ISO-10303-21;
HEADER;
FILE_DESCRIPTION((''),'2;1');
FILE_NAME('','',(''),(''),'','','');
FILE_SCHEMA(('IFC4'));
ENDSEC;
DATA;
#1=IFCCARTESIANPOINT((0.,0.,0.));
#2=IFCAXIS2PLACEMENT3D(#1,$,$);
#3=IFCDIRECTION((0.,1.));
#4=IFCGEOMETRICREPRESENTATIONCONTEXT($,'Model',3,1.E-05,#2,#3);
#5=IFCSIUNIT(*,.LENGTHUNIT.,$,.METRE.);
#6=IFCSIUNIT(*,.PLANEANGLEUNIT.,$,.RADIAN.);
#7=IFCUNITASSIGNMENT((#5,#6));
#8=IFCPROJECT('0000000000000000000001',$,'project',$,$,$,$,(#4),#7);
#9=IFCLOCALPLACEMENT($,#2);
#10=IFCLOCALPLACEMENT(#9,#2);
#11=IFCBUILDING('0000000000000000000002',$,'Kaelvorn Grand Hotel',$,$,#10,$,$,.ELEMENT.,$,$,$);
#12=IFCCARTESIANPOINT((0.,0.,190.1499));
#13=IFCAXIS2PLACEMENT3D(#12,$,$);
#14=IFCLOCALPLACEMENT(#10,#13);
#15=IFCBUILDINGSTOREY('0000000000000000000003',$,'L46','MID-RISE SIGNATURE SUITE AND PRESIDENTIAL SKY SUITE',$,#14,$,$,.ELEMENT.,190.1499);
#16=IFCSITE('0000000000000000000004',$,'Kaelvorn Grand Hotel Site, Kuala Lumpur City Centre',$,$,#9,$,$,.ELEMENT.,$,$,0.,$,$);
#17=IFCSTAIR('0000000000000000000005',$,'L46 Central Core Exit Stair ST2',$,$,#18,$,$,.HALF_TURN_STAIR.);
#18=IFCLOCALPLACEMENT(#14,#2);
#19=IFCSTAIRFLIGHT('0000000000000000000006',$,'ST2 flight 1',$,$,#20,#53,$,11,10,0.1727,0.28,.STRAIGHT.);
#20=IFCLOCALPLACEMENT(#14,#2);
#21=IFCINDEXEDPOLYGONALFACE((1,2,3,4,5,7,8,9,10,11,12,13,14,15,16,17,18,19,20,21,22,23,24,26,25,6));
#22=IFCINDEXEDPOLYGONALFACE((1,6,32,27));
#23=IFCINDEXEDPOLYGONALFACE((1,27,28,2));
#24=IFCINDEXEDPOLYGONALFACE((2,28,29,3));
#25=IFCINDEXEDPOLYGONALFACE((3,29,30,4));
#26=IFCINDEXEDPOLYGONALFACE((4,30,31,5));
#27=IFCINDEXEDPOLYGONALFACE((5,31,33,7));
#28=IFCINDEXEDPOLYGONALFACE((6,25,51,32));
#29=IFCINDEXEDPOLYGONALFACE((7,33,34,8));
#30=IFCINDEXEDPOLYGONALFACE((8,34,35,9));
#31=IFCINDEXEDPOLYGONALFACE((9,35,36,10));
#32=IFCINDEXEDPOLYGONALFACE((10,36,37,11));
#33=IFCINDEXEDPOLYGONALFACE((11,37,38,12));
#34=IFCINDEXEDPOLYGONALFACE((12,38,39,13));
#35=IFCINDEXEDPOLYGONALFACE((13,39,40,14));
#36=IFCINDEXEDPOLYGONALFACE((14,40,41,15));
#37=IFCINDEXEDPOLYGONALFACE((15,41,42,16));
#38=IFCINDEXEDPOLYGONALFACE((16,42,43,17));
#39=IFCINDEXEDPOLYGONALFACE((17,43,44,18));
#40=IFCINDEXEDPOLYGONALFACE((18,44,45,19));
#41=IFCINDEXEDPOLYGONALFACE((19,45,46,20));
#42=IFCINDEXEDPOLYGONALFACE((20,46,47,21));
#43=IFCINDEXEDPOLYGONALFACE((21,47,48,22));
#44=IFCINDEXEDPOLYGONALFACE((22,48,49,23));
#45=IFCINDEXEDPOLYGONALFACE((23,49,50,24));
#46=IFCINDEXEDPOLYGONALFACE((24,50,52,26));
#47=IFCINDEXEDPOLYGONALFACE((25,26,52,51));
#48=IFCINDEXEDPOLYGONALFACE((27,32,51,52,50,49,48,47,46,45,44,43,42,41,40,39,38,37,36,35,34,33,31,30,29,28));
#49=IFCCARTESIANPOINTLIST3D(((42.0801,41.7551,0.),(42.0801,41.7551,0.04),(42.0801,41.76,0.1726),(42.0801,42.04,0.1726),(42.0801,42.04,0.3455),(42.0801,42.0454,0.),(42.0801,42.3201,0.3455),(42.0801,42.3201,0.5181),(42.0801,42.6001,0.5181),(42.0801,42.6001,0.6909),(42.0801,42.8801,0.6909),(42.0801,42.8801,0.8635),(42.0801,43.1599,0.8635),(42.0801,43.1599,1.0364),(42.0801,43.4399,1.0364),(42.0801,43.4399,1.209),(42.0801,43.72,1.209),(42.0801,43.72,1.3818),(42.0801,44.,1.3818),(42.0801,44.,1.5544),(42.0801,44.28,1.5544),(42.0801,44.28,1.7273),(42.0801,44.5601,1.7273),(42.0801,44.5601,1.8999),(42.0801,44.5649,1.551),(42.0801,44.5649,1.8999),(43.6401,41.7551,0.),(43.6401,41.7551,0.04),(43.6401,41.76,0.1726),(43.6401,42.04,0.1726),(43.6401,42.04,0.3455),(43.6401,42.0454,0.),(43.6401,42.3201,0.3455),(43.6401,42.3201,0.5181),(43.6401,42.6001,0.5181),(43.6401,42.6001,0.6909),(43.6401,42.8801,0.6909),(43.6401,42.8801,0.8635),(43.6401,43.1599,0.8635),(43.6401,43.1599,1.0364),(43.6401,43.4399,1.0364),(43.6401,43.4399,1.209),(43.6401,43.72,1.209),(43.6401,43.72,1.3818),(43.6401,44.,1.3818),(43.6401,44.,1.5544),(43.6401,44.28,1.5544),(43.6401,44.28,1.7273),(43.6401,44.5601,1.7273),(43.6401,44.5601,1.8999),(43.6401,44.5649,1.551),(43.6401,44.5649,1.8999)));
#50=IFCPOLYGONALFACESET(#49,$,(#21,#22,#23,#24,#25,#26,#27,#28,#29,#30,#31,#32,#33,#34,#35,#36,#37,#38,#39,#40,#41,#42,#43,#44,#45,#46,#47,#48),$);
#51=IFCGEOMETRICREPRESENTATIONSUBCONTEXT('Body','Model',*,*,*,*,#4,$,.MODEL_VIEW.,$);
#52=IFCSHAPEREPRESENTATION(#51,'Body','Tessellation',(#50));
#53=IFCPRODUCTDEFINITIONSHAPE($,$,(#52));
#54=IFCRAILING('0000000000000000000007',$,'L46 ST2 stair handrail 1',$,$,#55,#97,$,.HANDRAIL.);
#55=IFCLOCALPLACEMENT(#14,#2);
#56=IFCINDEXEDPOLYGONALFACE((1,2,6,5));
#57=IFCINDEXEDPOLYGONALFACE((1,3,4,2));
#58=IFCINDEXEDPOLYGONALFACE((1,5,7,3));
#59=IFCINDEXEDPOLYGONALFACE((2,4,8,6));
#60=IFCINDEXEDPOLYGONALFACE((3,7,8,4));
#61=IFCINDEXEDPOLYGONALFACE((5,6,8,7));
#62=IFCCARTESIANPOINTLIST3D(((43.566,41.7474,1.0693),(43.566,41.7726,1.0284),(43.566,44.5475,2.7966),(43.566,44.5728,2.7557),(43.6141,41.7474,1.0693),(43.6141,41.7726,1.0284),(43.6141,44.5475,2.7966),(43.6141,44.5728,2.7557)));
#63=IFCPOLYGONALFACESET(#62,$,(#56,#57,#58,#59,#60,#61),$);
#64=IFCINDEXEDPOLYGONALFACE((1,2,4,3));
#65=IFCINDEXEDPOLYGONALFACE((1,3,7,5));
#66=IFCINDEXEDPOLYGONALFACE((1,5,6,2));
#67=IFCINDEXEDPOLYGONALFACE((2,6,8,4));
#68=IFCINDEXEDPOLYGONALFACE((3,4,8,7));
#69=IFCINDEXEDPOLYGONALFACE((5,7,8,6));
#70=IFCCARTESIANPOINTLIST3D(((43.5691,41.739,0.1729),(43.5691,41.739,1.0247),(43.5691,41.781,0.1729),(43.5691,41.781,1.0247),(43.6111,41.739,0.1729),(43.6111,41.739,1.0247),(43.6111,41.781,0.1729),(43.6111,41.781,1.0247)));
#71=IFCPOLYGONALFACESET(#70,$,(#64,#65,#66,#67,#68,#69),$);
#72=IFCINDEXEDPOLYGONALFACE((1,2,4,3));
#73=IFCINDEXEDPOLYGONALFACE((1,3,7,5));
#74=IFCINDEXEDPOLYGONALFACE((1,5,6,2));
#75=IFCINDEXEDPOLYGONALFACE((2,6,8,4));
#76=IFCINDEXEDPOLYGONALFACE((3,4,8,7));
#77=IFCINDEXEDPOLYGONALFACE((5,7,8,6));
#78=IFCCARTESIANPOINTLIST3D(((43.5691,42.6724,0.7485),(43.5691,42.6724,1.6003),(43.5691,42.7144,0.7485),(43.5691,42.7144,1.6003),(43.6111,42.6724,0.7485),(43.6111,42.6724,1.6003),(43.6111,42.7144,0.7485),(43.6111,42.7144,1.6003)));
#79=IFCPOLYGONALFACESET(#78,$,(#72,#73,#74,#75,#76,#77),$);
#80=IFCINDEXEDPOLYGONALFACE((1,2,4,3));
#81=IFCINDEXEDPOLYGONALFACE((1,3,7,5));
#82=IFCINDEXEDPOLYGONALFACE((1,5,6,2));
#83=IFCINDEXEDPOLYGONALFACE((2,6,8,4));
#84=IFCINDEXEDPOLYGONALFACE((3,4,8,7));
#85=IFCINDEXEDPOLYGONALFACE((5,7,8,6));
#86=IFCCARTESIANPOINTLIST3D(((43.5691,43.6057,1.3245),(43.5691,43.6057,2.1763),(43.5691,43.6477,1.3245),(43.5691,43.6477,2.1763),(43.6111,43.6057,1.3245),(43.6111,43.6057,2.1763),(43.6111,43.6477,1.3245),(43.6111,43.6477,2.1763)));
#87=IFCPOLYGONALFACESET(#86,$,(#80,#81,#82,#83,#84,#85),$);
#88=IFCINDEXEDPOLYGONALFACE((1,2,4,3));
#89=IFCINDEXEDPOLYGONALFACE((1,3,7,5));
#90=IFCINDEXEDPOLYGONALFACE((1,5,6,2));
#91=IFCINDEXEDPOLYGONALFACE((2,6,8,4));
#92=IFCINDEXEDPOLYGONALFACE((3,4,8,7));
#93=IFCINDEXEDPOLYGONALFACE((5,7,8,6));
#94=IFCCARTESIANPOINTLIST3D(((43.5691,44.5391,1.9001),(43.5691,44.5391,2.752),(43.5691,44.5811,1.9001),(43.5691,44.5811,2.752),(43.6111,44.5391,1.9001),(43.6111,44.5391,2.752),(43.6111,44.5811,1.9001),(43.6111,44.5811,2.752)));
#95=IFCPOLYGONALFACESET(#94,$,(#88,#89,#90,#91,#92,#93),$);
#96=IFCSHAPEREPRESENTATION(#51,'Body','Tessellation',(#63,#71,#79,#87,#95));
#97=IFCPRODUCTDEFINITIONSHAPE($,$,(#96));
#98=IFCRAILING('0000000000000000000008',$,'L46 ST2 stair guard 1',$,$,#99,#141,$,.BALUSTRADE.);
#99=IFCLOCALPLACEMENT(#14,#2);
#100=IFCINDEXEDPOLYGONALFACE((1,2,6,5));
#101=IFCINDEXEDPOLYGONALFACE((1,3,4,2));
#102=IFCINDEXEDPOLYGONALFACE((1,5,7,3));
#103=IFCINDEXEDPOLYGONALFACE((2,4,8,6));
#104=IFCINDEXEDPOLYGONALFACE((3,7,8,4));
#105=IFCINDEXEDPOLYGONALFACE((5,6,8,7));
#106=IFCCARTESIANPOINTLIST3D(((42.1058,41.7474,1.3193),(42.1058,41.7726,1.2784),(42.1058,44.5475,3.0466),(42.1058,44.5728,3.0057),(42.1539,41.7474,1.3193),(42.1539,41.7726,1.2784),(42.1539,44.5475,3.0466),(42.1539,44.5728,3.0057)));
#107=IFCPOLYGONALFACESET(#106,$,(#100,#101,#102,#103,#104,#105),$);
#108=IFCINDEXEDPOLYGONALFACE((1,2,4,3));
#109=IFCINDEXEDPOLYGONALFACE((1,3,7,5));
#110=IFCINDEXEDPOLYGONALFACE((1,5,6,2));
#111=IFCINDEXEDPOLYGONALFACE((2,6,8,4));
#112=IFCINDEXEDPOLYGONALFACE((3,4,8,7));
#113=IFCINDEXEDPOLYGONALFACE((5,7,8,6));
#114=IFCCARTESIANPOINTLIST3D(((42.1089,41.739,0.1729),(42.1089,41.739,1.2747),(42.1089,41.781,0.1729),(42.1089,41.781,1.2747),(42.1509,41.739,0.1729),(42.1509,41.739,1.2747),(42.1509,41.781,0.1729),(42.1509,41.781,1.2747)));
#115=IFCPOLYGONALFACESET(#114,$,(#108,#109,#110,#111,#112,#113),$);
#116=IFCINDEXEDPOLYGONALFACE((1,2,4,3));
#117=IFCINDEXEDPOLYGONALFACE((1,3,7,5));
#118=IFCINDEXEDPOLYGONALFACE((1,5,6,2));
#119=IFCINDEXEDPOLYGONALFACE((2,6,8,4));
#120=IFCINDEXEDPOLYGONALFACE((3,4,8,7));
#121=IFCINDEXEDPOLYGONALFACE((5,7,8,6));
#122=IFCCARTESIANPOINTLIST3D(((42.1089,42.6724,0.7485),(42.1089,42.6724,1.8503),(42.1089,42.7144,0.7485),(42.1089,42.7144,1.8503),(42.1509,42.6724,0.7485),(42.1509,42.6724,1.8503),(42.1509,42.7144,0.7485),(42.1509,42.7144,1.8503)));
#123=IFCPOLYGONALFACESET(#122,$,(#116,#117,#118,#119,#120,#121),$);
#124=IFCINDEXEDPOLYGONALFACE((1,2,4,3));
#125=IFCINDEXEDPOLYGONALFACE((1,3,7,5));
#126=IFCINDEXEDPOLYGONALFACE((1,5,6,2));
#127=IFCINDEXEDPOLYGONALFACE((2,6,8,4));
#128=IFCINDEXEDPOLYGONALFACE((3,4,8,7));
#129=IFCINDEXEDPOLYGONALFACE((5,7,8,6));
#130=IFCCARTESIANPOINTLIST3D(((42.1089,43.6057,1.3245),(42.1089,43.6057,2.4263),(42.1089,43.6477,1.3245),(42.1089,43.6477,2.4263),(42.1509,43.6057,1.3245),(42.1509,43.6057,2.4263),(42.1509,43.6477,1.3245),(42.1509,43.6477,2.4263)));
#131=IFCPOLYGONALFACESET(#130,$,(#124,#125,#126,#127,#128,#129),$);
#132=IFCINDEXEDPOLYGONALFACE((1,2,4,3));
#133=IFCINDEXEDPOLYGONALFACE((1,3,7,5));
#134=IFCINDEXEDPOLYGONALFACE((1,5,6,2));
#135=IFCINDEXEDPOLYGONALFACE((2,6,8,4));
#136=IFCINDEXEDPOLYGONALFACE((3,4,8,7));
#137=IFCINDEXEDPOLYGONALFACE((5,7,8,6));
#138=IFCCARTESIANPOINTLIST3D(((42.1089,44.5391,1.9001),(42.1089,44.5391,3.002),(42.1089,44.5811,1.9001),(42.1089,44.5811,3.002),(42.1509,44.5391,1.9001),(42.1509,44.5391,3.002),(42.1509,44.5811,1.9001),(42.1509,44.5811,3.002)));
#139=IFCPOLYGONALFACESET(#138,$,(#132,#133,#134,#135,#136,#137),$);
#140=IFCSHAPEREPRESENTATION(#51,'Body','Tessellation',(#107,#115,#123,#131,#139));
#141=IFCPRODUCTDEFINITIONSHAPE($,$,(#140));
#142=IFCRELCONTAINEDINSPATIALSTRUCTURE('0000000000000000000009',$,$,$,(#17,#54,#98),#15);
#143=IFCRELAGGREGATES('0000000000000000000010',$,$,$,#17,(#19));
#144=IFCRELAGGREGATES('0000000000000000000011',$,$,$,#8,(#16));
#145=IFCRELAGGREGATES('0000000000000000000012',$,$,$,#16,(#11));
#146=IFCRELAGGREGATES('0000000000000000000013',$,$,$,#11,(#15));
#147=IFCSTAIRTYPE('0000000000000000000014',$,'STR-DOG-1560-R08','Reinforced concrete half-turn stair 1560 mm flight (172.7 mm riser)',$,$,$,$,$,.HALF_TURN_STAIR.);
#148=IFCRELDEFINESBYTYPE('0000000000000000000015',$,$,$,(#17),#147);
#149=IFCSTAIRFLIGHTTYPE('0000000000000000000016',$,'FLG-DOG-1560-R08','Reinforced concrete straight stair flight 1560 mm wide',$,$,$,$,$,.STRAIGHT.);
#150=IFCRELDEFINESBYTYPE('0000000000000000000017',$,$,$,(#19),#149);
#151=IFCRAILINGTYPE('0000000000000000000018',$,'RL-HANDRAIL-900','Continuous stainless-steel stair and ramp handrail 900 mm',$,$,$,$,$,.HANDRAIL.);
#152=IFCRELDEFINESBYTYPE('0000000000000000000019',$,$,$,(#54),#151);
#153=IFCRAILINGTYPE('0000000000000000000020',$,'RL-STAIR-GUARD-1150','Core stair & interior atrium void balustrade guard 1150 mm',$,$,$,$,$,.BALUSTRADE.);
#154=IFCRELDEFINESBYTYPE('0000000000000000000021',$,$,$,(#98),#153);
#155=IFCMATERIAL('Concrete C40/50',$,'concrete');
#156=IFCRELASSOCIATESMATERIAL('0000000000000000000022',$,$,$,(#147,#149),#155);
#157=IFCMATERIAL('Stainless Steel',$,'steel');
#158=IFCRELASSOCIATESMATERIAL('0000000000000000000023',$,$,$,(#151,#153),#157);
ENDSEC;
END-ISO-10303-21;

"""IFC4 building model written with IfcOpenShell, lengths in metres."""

from ifc_helpers import new_model, si_unit, direction, frame, origin, origin_2d, place, context, subcontext, project, spatial, polyline, rectangle, outline, extrude, material, type_object, element, aggregate, save


model = new_model("IFC4")

# Units and contexts
model_context = context("Model", 3, precision=1e-05, world=origin(), true_north=direction((0.0, 1.0)))
body_context = subcontext(model_context, "Body", "Model", "MODEL_VIEW")
ifc_project = project(units=[si_unit("LENGTHUNIT", "METRE"), si_unit("PLANEANGLEUNIT", "RADIAN")], contexts=[model_context])

# Site, building, storey
site_placement = place(None, origin())
site = spatial("IfcSite", under=ifc_project, at=site_placement, Name="Kaelvorn Grand Hotel Site, Kuala Lumpur City Centre", CompositionType="ELEMENT", RefElevation=0.0)
building_placement = place(site_placement, origin())
building = spatial("IfcBuilding", under=site, at=building_placement, Name="Kaelvorn Grand Hotel", CompositionType="ELEMENT")
storey_placement = place(building_placement, frame((0.0, 0.0, 190.1499)))
storey = spatial("IfcBuildingStorey", under=building, at=storey_placement, Name="L46", Description="MID-RISE SIGNATURE SUITE AND PRESIDENTIAL SKY SUITE", CompositionType="ELEMENT", Elevation=190.1499)

# Shared definitions
ifc_material_1 = material(Name="Concrete C40/50", Category="concrete")

# Shared definitions
ifc_material_2 = material(Name="Stainless Steel", Category="steel")

# Stair, stair flight
stair_type = type_object("IfcStairType", Name="STR-DOG-1560-R08", Description="Reinforced concrete half-turn stair 1560 mm flight (172.7 mm riser)", PredefinedType="HALF_TURN_STAIR", material=ifc_material_1)
stair_placement = place(storey_placement, origin())
stair = element("IfcStair", 1, at=stair_placement, inside=storey, type_object=stair_type, Name="L46 Central Core Exit Stair ST2", PredefinedType="HALF_TURN_STAIR")
stair_flight_type = type_object("IfcStairFlightType", Name="FLG-DOG-1560-R08", Description="Reinforced concrete straight stair flight 1560 mm wide", PredefinedType="STRAIGHT", material=ifc_material_1)
stair_flight_placement = place(storey_placement, frame((42.8601, 41.76, 0.0), z_axis=(0.0, 0.0, 1.0), x_axis=(0.0, 1.0, 0.0)))
stair_flight = element("IfcStairFlight", 2, at=stair_flight_placement, type_object=stair_flight_type, Name="ST2 flight 1", NumberOfRisers=11, NumberOfTreads=10, PredefinedType="STRAIGHT", RiserHeight=0.1727, TreadLength=0.28, context=body_context, shape_type="SweptSolid", body=[
    extrude(outline(polyline([(-0.0049, 0.0), (-0.0049, 0.04), (0.0, 0.1726), (0.28, 0.1726), (0.28, 0.3455), (0.5601, 0.3455), (0.5601, 0.5181), (0.8401, 0.5181), (0.8401, 0.6909), (1.1201, 0.6909), (1.1201, 0.8635), (1.3999, 0.8635), (1.3999, 1.0364), (1.6799, 1.0364), (1.6799, 1.209), (1.96, 1.209), (1.96, 1.3818), (2.24, 1.3818), (2.24, 1.5544), (2.52, 1.5544), (2.52, 1.7273), (2.8, 1.7273), (2.8, 1.8999), (2.8049, 1.8999), (2.8049, 1.551), (0.2854, 0.0), (-0.0049, 0.0)])), frame((0.0, 0.78, 0.0), z_axis=(0.0, -1.0, 0.0), x_axis=(1.0, 0.0, 0.0)), (0.0, 0.0, 1.0), 1.5601),
])
aggregate(stair, [stair_flight])

# Railings
railing_type_1 = type_object("IfcRailingType", Name="RL-HANDRAIL-900", Description="Continuous stainless-steel stair and ramp handrail 900 mm", PredefinedType="HANDRAIL", material=ifc_material_2)
railing_1_placement = place(storey_placement, frame((43.5901, 41.76, 0.1729)))
element("IfcRailing", 3, at=railing_1_placement, inside=storey, type_object=railing_type_1, Name="L46 ST2 stair handrail 1", PredefinedType="HANDRAIL", context=body_context, shape_type="SweptSolid", body=[
    extrude(rectangle(XDim=0.0481, YDim=0.0481, at=origin_2d()), frame((0.0, 0.0, 0.876), z_axis=(0.0, 0.85109, 0.52502), x_axis=(-1.0, 0.0, 0.0)), (0.0, 0.0, 1.0), 3.29),
    extrude(rectangle(XDim=0.042, YDim=0.042, at=origin_2d()), origin(), (0.0, 0.0, 1.0), 0.8518),
    extrude(rectangle(XDim=0.042, YDim=0.042, at=origin_2d()), frame((0.0, 0.9333, 0.5757)), (0.0, 0.0, 1.0), 0.8518),
    extrude(rectangle(XDim=0.042, YDim=0.042, at=origin_2d()), frame((0.0, 1.8667, 1.1516)), (0.0, 0.0, 1.0), 0.8518),
    extrude(rectangle(XDim=0.042, YDim=0.042, at=origin_2d()), frame((0.0, 2.8, 1.7273)), (0.0, 0.0, 1.0), 0.8518),
])
railing_type_2 = type_object("IfcRailingType", Name="RL-STAIR-GUARD-1150", Description="Core stair & interior atrium void balustrade guard 1150 mm", PredefinedType="BALUSTRADE", material=ifc_material_2)
railing_2_placement = place(storey_placement, frame((42.1299, 41.76, 0.1729)))
element("IfcRailing", 4, at=railing_2_placement, inside=storey, type_object=railing_type_2, Name="L46 ST2 stair guard 1", PredefinedType="BALUSTRADE", context=body_context, shape_type="SweptSolid", body=[
    extrude(rectangle(XDim=0.0481, YDim=0.0481, at=origin_2d()), frame((0.0, 0.0, 1.126), z_axis=(0.0, 0.85109, 0.52502), x_axis=(-1.0, 0.0, 0.0)), (0.0, 0.0, 1.0), 3.29),
    extrude(rectangle(XDim=0.042, YDim=0.042, at=origin_2d()), origin(), (0.0, 0.0, 1.0), 1.1018),
    extrude(rectangle(XDim=0.042, YDim=0.042, at=origin_2d()), frame((0.0, 0.9333, 0.5757)), (0.0, 0.0, 1.0), 1.1018),
    extrude(rectangle(XDim=0.042, YDim=0.042, at=origin_2d()), frame((0.0, 1.8667, 1.1516)), (0.0, 0.0, 1.0), 1.1018),
    extrude(rectangle(XDim=0.042, YDim=0.042, at=origin_2d()), frame((0.0, 2.8, 1.7273)), (0.0, 0.0, 1.0), 1.1018),
])

save(model, "model.ifc")
